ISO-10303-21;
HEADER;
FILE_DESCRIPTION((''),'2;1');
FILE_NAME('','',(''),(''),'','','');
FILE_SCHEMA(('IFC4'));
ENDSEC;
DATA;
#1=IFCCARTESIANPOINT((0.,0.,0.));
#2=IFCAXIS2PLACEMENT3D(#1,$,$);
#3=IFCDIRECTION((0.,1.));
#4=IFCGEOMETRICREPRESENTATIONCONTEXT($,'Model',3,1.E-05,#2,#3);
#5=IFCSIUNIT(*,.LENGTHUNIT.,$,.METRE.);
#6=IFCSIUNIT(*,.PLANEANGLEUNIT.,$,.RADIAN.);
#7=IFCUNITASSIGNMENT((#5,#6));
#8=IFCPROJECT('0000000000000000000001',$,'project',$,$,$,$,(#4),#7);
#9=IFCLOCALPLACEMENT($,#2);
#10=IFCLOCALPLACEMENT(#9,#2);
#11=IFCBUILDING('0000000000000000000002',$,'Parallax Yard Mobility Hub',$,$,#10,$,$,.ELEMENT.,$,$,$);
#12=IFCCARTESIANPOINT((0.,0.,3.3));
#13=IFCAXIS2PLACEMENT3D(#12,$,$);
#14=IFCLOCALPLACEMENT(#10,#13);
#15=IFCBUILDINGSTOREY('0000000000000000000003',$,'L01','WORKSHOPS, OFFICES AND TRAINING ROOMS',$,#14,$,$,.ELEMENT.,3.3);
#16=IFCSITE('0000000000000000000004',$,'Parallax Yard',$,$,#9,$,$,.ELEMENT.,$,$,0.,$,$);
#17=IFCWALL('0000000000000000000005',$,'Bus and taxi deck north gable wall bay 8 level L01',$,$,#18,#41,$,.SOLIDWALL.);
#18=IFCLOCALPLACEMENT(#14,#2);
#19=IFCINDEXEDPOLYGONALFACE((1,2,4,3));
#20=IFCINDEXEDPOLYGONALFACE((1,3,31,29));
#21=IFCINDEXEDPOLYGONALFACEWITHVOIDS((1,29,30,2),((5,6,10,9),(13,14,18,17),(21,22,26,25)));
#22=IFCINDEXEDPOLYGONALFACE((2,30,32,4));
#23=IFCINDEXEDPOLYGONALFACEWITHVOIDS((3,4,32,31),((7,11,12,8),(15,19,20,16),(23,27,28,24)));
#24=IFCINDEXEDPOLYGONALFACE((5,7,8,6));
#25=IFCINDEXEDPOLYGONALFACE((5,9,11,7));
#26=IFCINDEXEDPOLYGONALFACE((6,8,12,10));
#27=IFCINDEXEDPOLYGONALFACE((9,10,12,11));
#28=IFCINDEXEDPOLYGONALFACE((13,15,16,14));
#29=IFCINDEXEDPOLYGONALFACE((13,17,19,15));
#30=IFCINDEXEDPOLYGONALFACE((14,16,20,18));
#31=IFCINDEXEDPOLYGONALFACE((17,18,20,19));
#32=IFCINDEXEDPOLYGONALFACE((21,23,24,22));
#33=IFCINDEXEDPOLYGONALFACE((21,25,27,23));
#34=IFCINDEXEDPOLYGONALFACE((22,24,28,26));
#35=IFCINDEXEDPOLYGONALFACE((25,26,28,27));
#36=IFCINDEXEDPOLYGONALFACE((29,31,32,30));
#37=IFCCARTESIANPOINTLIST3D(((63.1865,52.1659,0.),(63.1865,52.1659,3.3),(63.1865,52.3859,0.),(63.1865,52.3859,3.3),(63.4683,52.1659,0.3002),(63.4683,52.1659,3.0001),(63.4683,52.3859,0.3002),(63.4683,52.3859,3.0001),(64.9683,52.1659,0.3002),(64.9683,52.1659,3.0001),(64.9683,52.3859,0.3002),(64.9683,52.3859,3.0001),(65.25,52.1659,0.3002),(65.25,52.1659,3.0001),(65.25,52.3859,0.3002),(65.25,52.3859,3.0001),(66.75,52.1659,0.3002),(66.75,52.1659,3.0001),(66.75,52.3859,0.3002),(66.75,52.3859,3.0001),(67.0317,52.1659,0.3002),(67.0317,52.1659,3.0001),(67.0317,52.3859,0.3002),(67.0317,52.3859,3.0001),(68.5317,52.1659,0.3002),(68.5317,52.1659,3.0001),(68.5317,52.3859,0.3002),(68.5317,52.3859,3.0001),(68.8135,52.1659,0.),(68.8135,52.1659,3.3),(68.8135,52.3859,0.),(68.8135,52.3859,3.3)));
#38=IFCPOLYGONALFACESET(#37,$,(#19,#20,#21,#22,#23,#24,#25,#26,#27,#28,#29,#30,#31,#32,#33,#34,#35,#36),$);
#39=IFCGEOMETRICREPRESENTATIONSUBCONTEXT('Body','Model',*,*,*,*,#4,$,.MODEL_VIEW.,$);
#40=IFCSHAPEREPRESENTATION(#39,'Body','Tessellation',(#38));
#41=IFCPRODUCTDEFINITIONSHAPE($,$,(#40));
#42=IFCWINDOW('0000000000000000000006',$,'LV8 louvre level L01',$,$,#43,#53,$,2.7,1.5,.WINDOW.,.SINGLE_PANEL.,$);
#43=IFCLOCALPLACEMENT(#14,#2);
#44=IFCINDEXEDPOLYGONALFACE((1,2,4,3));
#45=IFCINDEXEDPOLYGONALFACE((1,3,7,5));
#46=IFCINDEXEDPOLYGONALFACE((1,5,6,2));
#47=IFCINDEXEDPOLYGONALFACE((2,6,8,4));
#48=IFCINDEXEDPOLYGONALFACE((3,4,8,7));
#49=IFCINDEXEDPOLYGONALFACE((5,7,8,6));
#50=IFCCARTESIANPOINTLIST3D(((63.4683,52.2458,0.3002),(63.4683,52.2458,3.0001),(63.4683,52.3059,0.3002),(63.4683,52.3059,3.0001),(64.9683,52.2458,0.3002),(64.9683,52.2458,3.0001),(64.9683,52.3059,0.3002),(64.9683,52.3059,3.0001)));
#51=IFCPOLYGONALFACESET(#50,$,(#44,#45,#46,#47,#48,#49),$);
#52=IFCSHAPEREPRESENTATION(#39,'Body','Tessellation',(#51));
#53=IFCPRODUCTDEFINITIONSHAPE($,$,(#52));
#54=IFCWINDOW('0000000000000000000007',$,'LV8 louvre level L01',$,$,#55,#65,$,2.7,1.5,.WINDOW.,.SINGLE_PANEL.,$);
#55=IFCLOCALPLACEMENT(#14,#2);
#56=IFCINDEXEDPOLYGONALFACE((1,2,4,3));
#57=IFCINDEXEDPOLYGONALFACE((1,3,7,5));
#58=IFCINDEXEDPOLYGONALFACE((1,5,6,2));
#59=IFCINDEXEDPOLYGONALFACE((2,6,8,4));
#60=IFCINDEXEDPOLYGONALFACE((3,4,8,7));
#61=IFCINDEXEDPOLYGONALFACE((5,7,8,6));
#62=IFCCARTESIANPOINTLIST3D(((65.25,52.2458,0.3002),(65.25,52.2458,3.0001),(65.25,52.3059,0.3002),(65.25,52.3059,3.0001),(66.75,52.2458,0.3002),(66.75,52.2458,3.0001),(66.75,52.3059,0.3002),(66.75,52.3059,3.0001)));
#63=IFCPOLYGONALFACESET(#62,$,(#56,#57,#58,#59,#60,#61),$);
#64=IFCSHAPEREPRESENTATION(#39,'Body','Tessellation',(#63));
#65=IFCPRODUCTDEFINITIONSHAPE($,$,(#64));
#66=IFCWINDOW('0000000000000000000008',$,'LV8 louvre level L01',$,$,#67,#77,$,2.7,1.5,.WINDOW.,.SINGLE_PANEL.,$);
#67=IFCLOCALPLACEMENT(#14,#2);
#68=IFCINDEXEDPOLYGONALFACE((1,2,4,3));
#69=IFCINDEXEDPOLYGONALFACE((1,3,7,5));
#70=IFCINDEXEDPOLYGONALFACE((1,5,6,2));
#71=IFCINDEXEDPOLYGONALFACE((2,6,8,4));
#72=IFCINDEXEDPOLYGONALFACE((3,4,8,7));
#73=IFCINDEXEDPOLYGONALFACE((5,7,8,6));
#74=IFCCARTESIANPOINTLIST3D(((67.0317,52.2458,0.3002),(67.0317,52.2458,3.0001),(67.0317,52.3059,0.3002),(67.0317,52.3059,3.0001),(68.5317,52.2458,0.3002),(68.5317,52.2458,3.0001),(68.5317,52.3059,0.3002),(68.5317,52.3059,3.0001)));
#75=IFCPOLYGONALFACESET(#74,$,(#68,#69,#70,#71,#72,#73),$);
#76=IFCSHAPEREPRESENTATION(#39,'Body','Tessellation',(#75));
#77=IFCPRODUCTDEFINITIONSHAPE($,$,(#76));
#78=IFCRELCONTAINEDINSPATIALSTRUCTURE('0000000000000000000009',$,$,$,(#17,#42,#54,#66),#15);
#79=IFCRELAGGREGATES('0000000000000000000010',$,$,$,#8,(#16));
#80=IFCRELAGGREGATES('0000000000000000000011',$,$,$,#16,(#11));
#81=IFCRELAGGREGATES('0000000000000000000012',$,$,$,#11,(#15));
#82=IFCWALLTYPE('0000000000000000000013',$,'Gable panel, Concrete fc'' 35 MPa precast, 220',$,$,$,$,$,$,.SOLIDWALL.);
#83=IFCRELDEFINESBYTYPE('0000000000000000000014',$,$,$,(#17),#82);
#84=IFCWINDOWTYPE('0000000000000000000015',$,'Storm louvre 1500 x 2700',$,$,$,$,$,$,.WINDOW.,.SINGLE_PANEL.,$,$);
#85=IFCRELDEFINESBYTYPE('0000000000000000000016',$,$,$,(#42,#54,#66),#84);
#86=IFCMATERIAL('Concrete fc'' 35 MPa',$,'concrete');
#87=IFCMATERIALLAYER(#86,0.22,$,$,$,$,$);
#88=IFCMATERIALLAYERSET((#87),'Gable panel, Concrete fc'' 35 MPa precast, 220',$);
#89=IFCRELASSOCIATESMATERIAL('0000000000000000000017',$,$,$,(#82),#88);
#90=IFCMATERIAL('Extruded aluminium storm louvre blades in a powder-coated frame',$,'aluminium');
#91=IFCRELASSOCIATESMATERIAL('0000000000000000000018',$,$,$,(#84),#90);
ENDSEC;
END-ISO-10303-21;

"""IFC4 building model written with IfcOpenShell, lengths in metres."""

from ifc_helpers import new_model, si_unit, direction, frame, frame_2d, origin, place, context, subcontext, project, spatial, rectangle, extrude, material, layer, layer_set, type_object, element, fill, save


model = new_model("IFC4")

# Units and contexts
model_context = context("Model", 3, precision=1e-05, world=origin(), true_north=direction((0.0, 1.0)))
body_context = subcontext(model_context, "Body", "Model", "MODEL_VIEW")
ifc_project = project(units=[si_unit("LENGTHUNIT", "METRE"), si_unit("PLANEANGLEUNIT", "RADIAN")], contexts=[model_context])

# Site, building, storey
site_placement = place(None, origin())
site = spatial("IfcSite", under=ifc_project, at=site_placement, Name="Parallax Yard", CompositionType="ELEMENT", RefElevation=0.0)
building_placement = place(site_placement, origin())
building = spatial("IfcBuilding", under=site, at=building_placement, Name="Parallax Yard Mobility Hub", CompositionType="ELEMENT")
storey_placement = place(building_placement, frame((0.0, 0.0, 3.3)))
storey = spatial("IfcBuildingStorey", under=building, at=storey_placement, Name="L01", Description="WORKSHOPS, OFFICES AND TRAINING ROOMS", CompositionType="ELEMENT", Elevation=3.3)

# Wall, openings, windows
ifc_material_1 = material(Name="Concrete fc' 35 MPa", Category="concrete")
ifc_layer = layer(ifc_material_1, 0.22)
ifc_layer_set = layer_set([ifc_layer], Name="Gable panel, Concrete fc' 35 MPa precast, 220")
wall_type = type_object("IfcWallType", Name="Gable panel, Concrete fc' 35 MPa precast, 220", PredefinedType="SOLIDWALL", material=ifc_layer_set)
ifc_material_2 = material(Name="Extruded aluminium storm louvre blades in a powder-coated frame", Category="aluminium")
window_type = type_object("IfcWindowType", Name="Storm louvre 1500 x 2700", PartitioningType="SINGLE_PANEL", PredefinedType="WINDOW", material=ifc_material_2)
wall_1_placement = place(storey_placement, frame((63.1865, 52.2759, 0.0), z_axis=(0.0, 0.0, 1.0), x_axis=(1.0, 0.0, 0.0)))
wall_1 = element("IfcWall", 1, at=wall_1_placement, inside=storey, type_object=wall_type, Name="Bus and taxi deck north gable wall bay 8 level L01", PredefinedType="SOLIDWALL", context=body_context, shape_type="SweptSolid", body=[
    extrude(rectangle(XDim=5.627, YDim=0.22, at=frame_2d((2.8135, 0.0))), origin(), (0.0, 0.0, 1.0), 3.3),
])
opening_1_placement = place(wall_1_placement, frame((0.2817, 0.0, 0.3)))
opening_1 = element("IfcOpeningElement", 2, at=opening_1_placement, cuts=wall_1, PredefinedType="OPENING", context=body_context, shape_type="SweptSolid", body=[
    extrude(rectangle(XDim=1.5, YDim=2.7, at=frame_2d((0.75, 1.3501))), frame((0.0, 0.1201, 0.0), z_axis=(0.0, -1.0, 0.0), x_axis=(1.0, 0.0, 0.0)), (0.0, 0.0, 1.0), 0.24),
])
opening_2_placement = place(wall_1_placement, frame((2.0635, 0.0, 0.3)))
opening_2 = element("IfcOpeningElement", 3, at=opening_2_placement, cuts=wall_1, PredefinedType="OPENING", context=body_context, shape_type="SweptSolid", body=[
    extrude(rectangle(XDim=1.5, YDim=2.7, at=frame_2d((0.75, 1.3501))), frame((0.0, 0.1201, 0.0), z_axis=(0.0, -1.0, 0.0), x_axis=(1.0, 0.0, 0.0)), (0.0, 0.0, 1.0), 0.24),
])
opening_3_placement = place(wall_1_placement, frame((3.8452, 0.0, 0.3)))
opening_3 = element("IfcOpeningElement", 4, at=opening_3_placement, cuts=wall_1, PredefinedType="OPENING", context=body_context, shape_type="SweptSolid", body=[
    extrude(rectangle(XDim=1.5, YDim=2.7, at=frame_2d((0.75, 1.3501))), frame((0.0, 0.1201, 0.0), z_axis=(0.0, -1.0, 0.0), x_axis=(1.0, 0.0, 0.0)), (0.0, 0.0, 1.0), 0.24),
])
window_1_placement = place(opening_1_placement, origin())
window_1 = element("IfcWindow", 5, at=window_1_placement, inside=storey, type_object=window_type, Name="LV8 louvre level L01", OverallHeight=2.7, OverallWidth=1.5, PartitioningType="SINGLE_PANEL", PredefinedType="WINDOW", context=body_context, shape_type="SweptSolid", body=[
    extrude(rectangle(XDim=1.5, YDim=2.7, at=frame_2d((0.75, 1.3501))), frame((0.0, 0.03, 0.0), z_axis=(0.0, -1.0, 0.0), x_axis=(1.0, 0.0, 0.0)), (0.0, 0.0, 1.0), 0.0601),
])
fill(opening_1, window_1)
window_2_placement = place(opening_2_placement, origin())
window_2 = element("IfcWindow", 6, at=window_2_placement, inside=storey, type_object=window_type, Name="LV8 louvre level L01", OverallHeight=2.7, OverallWidth=1.5, PartitioningType="SINGLE_PANEL", PredefinedType="WINDOW", context=body_context, shape_type="SweptSolid", body=[
    extrude(rectangle(XDim=1.5, YDim=2.7, at=frame_2d((0.75, 1.3501))), frame((0.0, 0.03, 0.0), z_axis=(0.0, -1.0, 0.0), x_axis=(1.0, 0.0, 0.0)), (0.0, 0.0, 1.0), 0.0601),
])
fill(opening_2, window_2)
window_3_placement = place(opening_3_placement, origin())
window_3 = element("IfcWindow", 7, at=window_3_placement, inside=storey, type_object=window_type, Name="LV8 louvre level L01", OverallHeight=2.7, OverallWidth=1.5, PartitioningType="SINGLE_PANEL", PredefinedType="WINDOW", context=body_context, shape_type="SweptSolid", body=[
    extrude(rectangle(XDim=1.5, YDim=2.7, at=frame_2d((0.75, 1.3501))), frame((0.0, 0.03, 0.0), z_axis=(0.0, -1.0, 0.0), x_axis=(1.0, 0.0, 0.0)), (0.0, 0.0, 1.0), 0.0601),
])
fill(opening_3, window_3)

save(model, "model.ifc")
